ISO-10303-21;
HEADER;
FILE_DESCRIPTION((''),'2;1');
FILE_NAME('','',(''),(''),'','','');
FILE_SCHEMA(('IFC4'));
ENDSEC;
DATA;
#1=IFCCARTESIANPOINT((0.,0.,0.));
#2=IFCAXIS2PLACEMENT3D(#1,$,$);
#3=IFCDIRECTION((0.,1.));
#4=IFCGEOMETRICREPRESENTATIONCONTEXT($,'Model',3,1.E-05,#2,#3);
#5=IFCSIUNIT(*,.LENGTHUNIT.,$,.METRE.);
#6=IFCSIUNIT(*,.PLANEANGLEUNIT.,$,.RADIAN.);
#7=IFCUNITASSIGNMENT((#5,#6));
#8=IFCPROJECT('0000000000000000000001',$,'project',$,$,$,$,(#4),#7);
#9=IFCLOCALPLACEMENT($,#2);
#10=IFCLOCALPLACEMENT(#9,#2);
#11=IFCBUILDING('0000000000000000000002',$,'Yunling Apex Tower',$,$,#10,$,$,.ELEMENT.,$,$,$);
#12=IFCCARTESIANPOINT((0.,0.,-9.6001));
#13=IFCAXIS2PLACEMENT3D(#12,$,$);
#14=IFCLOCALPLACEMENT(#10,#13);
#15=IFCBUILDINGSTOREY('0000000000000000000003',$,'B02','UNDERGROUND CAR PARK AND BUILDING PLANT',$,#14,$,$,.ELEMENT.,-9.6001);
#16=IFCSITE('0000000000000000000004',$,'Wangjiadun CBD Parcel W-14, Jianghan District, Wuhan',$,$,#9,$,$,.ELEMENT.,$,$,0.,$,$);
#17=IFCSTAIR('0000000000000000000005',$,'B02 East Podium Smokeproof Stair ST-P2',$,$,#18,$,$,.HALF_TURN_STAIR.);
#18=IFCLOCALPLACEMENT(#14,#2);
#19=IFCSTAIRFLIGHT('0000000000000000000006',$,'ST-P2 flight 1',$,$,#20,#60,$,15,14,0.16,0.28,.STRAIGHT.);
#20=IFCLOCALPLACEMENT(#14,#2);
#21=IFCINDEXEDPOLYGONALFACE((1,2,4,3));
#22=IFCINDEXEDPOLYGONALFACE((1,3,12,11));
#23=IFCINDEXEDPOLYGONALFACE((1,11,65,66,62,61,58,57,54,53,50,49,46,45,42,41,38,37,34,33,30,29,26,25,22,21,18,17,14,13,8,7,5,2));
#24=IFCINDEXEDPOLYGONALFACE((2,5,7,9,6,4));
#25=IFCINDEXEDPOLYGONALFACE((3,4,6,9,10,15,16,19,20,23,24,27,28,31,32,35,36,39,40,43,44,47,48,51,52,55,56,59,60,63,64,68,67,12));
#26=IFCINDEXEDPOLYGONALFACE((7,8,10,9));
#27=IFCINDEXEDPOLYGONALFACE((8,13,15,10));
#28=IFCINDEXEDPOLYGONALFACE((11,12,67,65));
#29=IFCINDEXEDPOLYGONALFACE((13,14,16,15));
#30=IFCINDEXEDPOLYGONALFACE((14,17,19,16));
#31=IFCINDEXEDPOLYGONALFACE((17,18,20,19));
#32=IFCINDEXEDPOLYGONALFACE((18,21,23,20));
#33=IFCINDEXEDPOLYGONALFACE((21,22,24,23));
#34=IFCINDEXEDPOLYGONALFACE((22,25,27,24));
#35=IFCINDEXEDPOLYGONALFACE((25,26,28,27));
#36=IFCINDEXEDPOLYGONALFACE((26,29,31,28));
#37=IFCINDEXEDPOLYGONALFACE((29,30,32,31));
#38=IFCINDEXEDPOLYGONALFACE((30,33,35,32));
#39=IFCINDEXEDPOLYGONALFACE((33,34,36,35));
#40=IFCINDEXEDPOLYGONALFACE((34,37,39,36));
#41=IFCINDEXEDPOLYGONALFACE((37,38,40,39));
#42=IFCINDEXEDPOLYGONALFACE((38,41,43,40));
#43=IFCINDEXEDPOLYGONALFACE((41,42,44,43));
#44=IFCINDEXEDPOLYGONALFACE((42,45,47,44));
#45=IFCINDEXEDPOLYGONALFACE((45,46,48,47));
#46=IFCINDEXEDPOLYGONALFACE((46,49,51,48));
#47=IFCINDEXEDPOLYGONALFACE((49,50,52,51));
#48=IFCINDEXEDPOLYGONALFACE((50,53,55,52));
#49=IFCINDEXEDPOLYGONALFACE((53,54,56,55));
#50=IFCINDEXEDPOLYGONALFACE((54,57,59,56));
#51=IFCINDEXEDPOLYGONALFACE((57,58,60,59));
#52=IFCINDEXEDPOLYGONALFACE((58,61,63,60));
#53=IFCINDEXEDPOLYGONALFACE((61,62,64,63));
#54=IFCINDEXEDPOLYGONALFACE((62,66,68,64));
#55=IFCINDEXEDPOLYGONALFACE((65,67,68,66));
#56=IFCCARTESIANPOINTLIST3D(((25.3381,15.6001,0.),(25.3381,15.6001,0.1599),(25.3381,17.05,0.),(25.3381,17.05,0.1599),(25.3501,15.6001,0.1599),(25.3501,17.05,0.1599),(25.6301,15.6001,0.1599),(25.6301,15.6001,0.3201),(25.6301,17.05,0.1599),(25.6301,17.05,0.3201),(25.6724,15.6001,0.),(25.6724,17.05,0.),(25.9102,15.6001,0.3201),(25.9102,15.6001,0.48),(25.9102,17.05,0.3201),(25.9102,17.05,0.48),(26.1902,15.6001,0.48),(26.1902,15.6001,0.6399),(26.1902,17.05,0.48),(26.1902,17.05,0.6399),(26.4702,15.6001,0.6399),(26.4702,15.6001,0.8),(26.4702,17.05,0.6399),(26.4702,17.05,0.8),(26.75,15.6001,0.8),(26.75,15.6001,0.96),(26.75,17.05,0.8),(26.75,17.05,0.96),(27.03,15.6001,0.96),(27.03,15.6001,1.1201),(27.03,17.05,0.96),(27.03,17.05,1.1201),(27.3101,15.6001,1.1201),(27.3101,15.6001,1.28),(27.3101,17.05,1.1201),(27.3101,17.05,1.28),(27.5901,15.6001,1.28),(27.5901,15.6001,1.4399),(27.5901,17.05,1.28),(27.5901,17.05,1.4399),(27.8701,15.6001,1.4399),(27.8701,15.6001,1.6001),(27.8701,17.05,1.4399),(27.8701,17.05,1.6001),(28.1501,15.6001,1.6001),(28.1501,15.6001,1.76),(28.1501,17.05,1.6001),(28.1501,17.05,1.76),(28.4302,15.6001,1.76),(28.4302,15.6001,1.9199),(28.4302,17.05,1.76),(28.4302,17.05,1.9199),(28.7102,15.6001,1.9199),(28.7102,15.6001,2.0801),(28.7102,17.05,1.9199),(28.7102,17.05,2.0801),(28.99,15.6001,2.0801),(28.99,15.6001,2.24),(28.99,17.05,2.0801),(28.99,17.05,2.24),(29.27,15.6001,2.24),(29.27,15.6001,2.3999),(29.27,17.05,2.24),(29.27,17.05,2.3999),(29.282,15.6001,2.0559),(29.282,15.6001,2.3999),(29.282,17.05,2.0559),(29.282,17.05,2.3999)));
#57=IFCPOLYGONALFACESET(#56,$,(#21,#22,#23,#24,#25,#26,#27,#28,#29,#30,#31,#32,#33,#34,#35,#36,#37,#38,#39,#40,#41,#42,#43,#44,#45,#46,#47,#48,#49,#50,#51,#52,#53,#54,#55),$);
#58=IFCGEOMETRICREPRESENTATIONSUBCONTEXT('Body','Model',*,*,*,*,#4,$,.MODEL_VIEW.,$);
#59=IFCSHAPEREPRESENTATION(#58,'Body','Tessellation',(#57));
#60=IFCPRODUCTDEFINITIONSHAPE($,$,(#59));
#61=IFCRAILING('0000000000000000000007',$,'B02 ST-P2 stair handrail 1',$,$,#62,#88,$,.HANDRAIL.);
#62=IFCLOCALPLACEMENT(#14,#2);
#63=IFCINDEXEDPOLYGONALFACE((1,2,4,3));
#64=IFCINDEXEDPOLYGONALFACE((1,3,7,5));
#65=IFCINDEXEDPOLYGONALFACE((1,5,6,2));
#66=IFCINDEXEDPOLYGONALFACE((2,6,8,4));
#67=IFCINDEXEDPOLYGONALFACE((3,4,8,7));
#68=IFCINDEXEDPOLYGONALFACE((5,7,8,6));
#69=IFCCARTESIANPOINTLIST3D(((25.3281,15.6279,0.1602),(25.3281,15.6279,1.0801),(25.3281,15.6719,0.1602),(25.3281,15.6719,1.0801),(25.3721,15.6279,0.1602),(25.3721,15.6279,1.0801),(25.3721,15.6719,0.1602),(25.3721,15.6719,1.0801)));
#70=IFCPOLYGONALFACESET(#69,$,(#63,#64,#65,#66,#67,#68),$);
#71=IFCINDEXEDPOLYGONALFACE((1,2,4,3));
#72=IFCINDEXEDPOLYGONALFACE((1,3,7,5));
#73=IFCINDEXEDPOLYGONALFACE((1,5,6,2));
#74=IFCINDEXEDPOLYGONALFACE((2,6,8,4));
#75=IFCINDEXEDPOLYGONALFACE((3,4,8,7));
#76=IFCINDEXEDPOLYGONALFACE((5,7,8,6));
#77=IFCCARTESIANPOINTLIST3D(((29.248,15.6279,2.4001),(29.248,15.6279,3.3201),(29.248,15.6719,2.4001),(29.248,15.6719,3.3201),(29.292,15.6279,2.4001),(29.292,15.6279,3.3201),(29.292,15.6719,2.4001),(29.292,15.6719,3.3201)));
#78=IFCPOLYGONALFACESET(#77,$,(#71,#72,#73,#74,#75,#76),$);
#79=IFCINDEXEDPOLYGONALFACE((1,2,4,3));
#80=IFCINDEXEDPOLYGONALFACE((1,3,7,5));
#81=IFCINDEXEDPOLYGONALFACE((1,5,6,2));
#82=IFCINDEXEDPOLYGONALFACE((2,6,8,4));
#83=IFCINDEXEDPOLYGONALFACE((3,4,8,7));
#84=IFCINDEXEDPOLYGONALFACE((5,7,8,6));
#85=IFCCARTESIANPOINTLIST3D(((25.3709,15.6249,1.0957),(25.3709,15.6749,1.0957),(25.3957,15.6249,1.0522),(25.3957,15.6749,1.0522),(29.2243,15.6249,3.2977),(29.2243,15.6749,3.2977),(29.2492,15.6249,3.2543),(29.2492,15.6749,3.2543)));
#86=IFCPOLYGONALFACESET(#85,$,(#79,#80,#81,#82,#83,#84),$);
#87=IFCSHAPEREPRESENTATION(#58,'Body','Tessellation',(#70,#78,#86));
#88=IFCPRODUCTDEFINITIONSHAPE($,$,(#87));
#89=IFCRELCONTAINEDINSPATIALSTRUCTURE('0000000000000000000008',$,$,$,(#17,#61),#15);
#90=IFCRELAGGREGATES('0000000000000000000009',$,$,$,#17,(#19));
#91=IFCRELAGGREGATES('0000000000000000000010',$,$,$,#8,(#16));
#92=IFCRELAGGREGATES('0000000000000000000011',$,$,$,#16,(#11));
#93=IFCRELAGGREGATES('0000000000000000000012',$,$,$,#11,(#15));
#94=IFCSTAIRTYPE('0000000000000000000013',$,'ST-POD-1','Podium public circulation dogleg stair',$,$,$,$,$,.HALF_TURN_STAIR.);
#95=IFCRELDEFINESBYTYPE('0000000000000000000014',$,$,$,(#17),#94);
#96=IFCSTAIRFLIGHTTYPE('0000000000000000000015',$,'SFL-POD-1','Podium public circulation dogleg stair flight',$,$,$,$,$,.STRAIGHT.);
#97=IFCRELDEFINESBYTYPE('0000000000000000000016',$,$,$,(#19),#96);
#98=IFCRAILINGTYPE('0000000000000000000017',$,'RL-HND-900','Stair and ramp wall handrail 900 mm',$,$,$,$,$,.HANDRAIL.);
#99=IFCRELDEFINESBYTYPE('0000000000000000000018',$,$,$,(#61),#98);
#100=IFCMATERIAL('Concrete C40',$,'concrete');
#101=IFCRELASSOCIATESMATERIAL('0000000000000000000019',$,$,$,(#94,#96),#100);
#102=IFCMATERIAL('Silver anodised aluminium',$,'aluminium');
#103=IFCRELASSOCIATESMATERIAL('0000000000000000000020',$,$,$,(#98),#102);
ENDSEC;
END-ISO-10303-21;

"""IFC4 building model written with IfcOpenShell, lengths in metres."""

from ifc_helpers import new_model, si_unit, direction, frame, origin, origin_2d, place, context, subcontext, project, spatial, polyline, rectangle, outline, extrude, material, type_object, element, aggregate, save


model = new_model("IFC4")

# Units and contexts
model_context = context("Model", 3, precision=1e-05, world=origin(), true_north=direction((0.0, 1.0)))
body_context = subcontext(model_context, "Body", "Model", "MODEL_VIEW")
ifc_project = project(units=[si_unit("LENGTHUNIT", "METRE"), si_unit("PLANEANGLEUNIT", "RADIAN")], contexts=[model_context])

# Site, building, storey
site_placement = place(None, origin())
site = spatial("IfcSite", under=ifc_project, at=site_placement, Name="Wangjiadun CBD Parcel W-14, Jianghan District, Wuhan", CompositionType="ELEMENT", RefElevation=0.0)
building_placement = place(site_placement, origin())
building = spatial("IfcBuilding", under=site, at=building_placement, Name="Yunling Apex Tower", CompositionType="ELEMENT")
storey_placement = place(building_placement, frame((0.0, 0.0, -9.6001)))
storey = spatial("IfcBuildingStorey", under=building, at=storey_placement, Name="B02", Description="UNDERGROUND CAR PARK AND BUILDING PLANT", CompositionType="ELEMENT", Elevation=-9.6001)

# Shared definitions
ifc_material_1 = material(Name="Concrete C40", Category="concrete")

# Stair, stair flight
stair_type = type_object("IfcStairType", Name="ST-POD-1", Description="Podium public circulation dogleg stair", PredefinedType="HALF_TURN_STAIR", material=ifc_material_1)
stair_placement = place(storey_placement, origin())
stair = element("IfcStair", 1, at=stair_placement, inside=storey, type_object=stair_type, Name="B02 East Podium Smokeproof Stair ST-P2", PredefinedType="HALF_TURN_STAIR")
stair_flight_type = type_object("IfcStairFlightType", Name="SFL-POD-1", Description="Podium public circulation dogleg stair flight", PredefinedType="STRAIGHT", material=ifc_material_1)
stair_flight_placement = place(storey_placement, frame((25.3501, 16.325, 0.0), z_axis=(0.0, 0.0, 1.0), x_axis=(1.0, 0.0, 0.0)))
stair_flight = element("IfcStairFlight", 2, at=stair_flight_placement, type_object=stair_flight_type, Name="ST-P2 flight 1", NumberOfRisers=15, NumberOfTreads=14, PredefinedType="STRAIGHT", RiserHeight=0.16, TreadLength=0.28, context=body_context, shape_type="SweptSolid", body=[
    extrude(outline(polyline([(-0.012, 0.0), (-0.012, 0.1599), (0.0, 0.1599), (0.28, 0.1599), (0.28, 0.3201), (0.5601, 0.3201), (0.5601, 0.48), (0.8401, 0.48), (0.8401, 0.6399), (1.1201, 0.6399), (1.1201, 0.8), (1.3999, 0.8), (1.3999, 0.96), (1.6799, 0.96), (1.6799, 1.1201), (1.96, 1.1201), (1.96, 1.28), (2.24, 1.28), (2.24, 1.4399), (2.52, 1.4399), (2.52, 1.6001), (2.8, 1.6001), (2.8, 1.76), (3.0801, 1.76), (3.0801, 1.9199), (3.3601, 1.9199), (3.3601, 2.0801), (3.6399, 2.0801), (3.6399, 2.24), (3.9199, 2.24), (3.9199, 2.3999), (3.9319, 2.3999), (3.9319, 2.0559), (0.3223, 0.0), (-0.012, 0.0)])), frame((0.0, 0.7251, 0.0), z_axis=(0.0, -1.0, 0.0), x_axis=(1.0, 0.0, 0.0)), (0.0, 0.0, 1.0), 1.45),
])
aggregate(stair, [stair_flight])

# Railing
ifc_material_2 = material(Name="Silver anodised aluminium", Category="aluminium")
railing_type = type_object("IfcRailingType", Name="RL-HND-900", Description="Stair and ramp wall handrail 900 mm", PredefinedType="HANDRAIL", material=ifc_material_2)
railing_placement = place(storey_placement, frame((25.3501, 15.6499, 0.1602)))
element("IfcRailing", 3, at=railing_placement, inside=storey, type_object=railing_type, Name="B02 ST-P2 stair handrail 1", PredefinedType="HANDRAIL", context=body_context, shape_type="SweptSolid", body=[
    extrude(rectangle(XDim=0.0439, YDim=0.0439, at=origin_2d()), origin(), (0.0, 0.0, 1.0), 0.9199),
    extrude(rectangle(XDim=0.0439, YDim=0.0439, at=origin_2d()), frame((3.9199, 0.0, 2.24)), (0.0, 0.0, 1.0), 0.9199),
    extrude(rectangle(XDim=0.05, YDim=0.05, at=origin_2d()), frame((0.0332, 0.0, 0.9138), z_axis=(0.86824, 0.0, 0.496145), x_axis=(0.0, 1.0, 0.0)), (0.0, 0.0, 1.0), 4.4382),
])

save(model, "model.ifc")
